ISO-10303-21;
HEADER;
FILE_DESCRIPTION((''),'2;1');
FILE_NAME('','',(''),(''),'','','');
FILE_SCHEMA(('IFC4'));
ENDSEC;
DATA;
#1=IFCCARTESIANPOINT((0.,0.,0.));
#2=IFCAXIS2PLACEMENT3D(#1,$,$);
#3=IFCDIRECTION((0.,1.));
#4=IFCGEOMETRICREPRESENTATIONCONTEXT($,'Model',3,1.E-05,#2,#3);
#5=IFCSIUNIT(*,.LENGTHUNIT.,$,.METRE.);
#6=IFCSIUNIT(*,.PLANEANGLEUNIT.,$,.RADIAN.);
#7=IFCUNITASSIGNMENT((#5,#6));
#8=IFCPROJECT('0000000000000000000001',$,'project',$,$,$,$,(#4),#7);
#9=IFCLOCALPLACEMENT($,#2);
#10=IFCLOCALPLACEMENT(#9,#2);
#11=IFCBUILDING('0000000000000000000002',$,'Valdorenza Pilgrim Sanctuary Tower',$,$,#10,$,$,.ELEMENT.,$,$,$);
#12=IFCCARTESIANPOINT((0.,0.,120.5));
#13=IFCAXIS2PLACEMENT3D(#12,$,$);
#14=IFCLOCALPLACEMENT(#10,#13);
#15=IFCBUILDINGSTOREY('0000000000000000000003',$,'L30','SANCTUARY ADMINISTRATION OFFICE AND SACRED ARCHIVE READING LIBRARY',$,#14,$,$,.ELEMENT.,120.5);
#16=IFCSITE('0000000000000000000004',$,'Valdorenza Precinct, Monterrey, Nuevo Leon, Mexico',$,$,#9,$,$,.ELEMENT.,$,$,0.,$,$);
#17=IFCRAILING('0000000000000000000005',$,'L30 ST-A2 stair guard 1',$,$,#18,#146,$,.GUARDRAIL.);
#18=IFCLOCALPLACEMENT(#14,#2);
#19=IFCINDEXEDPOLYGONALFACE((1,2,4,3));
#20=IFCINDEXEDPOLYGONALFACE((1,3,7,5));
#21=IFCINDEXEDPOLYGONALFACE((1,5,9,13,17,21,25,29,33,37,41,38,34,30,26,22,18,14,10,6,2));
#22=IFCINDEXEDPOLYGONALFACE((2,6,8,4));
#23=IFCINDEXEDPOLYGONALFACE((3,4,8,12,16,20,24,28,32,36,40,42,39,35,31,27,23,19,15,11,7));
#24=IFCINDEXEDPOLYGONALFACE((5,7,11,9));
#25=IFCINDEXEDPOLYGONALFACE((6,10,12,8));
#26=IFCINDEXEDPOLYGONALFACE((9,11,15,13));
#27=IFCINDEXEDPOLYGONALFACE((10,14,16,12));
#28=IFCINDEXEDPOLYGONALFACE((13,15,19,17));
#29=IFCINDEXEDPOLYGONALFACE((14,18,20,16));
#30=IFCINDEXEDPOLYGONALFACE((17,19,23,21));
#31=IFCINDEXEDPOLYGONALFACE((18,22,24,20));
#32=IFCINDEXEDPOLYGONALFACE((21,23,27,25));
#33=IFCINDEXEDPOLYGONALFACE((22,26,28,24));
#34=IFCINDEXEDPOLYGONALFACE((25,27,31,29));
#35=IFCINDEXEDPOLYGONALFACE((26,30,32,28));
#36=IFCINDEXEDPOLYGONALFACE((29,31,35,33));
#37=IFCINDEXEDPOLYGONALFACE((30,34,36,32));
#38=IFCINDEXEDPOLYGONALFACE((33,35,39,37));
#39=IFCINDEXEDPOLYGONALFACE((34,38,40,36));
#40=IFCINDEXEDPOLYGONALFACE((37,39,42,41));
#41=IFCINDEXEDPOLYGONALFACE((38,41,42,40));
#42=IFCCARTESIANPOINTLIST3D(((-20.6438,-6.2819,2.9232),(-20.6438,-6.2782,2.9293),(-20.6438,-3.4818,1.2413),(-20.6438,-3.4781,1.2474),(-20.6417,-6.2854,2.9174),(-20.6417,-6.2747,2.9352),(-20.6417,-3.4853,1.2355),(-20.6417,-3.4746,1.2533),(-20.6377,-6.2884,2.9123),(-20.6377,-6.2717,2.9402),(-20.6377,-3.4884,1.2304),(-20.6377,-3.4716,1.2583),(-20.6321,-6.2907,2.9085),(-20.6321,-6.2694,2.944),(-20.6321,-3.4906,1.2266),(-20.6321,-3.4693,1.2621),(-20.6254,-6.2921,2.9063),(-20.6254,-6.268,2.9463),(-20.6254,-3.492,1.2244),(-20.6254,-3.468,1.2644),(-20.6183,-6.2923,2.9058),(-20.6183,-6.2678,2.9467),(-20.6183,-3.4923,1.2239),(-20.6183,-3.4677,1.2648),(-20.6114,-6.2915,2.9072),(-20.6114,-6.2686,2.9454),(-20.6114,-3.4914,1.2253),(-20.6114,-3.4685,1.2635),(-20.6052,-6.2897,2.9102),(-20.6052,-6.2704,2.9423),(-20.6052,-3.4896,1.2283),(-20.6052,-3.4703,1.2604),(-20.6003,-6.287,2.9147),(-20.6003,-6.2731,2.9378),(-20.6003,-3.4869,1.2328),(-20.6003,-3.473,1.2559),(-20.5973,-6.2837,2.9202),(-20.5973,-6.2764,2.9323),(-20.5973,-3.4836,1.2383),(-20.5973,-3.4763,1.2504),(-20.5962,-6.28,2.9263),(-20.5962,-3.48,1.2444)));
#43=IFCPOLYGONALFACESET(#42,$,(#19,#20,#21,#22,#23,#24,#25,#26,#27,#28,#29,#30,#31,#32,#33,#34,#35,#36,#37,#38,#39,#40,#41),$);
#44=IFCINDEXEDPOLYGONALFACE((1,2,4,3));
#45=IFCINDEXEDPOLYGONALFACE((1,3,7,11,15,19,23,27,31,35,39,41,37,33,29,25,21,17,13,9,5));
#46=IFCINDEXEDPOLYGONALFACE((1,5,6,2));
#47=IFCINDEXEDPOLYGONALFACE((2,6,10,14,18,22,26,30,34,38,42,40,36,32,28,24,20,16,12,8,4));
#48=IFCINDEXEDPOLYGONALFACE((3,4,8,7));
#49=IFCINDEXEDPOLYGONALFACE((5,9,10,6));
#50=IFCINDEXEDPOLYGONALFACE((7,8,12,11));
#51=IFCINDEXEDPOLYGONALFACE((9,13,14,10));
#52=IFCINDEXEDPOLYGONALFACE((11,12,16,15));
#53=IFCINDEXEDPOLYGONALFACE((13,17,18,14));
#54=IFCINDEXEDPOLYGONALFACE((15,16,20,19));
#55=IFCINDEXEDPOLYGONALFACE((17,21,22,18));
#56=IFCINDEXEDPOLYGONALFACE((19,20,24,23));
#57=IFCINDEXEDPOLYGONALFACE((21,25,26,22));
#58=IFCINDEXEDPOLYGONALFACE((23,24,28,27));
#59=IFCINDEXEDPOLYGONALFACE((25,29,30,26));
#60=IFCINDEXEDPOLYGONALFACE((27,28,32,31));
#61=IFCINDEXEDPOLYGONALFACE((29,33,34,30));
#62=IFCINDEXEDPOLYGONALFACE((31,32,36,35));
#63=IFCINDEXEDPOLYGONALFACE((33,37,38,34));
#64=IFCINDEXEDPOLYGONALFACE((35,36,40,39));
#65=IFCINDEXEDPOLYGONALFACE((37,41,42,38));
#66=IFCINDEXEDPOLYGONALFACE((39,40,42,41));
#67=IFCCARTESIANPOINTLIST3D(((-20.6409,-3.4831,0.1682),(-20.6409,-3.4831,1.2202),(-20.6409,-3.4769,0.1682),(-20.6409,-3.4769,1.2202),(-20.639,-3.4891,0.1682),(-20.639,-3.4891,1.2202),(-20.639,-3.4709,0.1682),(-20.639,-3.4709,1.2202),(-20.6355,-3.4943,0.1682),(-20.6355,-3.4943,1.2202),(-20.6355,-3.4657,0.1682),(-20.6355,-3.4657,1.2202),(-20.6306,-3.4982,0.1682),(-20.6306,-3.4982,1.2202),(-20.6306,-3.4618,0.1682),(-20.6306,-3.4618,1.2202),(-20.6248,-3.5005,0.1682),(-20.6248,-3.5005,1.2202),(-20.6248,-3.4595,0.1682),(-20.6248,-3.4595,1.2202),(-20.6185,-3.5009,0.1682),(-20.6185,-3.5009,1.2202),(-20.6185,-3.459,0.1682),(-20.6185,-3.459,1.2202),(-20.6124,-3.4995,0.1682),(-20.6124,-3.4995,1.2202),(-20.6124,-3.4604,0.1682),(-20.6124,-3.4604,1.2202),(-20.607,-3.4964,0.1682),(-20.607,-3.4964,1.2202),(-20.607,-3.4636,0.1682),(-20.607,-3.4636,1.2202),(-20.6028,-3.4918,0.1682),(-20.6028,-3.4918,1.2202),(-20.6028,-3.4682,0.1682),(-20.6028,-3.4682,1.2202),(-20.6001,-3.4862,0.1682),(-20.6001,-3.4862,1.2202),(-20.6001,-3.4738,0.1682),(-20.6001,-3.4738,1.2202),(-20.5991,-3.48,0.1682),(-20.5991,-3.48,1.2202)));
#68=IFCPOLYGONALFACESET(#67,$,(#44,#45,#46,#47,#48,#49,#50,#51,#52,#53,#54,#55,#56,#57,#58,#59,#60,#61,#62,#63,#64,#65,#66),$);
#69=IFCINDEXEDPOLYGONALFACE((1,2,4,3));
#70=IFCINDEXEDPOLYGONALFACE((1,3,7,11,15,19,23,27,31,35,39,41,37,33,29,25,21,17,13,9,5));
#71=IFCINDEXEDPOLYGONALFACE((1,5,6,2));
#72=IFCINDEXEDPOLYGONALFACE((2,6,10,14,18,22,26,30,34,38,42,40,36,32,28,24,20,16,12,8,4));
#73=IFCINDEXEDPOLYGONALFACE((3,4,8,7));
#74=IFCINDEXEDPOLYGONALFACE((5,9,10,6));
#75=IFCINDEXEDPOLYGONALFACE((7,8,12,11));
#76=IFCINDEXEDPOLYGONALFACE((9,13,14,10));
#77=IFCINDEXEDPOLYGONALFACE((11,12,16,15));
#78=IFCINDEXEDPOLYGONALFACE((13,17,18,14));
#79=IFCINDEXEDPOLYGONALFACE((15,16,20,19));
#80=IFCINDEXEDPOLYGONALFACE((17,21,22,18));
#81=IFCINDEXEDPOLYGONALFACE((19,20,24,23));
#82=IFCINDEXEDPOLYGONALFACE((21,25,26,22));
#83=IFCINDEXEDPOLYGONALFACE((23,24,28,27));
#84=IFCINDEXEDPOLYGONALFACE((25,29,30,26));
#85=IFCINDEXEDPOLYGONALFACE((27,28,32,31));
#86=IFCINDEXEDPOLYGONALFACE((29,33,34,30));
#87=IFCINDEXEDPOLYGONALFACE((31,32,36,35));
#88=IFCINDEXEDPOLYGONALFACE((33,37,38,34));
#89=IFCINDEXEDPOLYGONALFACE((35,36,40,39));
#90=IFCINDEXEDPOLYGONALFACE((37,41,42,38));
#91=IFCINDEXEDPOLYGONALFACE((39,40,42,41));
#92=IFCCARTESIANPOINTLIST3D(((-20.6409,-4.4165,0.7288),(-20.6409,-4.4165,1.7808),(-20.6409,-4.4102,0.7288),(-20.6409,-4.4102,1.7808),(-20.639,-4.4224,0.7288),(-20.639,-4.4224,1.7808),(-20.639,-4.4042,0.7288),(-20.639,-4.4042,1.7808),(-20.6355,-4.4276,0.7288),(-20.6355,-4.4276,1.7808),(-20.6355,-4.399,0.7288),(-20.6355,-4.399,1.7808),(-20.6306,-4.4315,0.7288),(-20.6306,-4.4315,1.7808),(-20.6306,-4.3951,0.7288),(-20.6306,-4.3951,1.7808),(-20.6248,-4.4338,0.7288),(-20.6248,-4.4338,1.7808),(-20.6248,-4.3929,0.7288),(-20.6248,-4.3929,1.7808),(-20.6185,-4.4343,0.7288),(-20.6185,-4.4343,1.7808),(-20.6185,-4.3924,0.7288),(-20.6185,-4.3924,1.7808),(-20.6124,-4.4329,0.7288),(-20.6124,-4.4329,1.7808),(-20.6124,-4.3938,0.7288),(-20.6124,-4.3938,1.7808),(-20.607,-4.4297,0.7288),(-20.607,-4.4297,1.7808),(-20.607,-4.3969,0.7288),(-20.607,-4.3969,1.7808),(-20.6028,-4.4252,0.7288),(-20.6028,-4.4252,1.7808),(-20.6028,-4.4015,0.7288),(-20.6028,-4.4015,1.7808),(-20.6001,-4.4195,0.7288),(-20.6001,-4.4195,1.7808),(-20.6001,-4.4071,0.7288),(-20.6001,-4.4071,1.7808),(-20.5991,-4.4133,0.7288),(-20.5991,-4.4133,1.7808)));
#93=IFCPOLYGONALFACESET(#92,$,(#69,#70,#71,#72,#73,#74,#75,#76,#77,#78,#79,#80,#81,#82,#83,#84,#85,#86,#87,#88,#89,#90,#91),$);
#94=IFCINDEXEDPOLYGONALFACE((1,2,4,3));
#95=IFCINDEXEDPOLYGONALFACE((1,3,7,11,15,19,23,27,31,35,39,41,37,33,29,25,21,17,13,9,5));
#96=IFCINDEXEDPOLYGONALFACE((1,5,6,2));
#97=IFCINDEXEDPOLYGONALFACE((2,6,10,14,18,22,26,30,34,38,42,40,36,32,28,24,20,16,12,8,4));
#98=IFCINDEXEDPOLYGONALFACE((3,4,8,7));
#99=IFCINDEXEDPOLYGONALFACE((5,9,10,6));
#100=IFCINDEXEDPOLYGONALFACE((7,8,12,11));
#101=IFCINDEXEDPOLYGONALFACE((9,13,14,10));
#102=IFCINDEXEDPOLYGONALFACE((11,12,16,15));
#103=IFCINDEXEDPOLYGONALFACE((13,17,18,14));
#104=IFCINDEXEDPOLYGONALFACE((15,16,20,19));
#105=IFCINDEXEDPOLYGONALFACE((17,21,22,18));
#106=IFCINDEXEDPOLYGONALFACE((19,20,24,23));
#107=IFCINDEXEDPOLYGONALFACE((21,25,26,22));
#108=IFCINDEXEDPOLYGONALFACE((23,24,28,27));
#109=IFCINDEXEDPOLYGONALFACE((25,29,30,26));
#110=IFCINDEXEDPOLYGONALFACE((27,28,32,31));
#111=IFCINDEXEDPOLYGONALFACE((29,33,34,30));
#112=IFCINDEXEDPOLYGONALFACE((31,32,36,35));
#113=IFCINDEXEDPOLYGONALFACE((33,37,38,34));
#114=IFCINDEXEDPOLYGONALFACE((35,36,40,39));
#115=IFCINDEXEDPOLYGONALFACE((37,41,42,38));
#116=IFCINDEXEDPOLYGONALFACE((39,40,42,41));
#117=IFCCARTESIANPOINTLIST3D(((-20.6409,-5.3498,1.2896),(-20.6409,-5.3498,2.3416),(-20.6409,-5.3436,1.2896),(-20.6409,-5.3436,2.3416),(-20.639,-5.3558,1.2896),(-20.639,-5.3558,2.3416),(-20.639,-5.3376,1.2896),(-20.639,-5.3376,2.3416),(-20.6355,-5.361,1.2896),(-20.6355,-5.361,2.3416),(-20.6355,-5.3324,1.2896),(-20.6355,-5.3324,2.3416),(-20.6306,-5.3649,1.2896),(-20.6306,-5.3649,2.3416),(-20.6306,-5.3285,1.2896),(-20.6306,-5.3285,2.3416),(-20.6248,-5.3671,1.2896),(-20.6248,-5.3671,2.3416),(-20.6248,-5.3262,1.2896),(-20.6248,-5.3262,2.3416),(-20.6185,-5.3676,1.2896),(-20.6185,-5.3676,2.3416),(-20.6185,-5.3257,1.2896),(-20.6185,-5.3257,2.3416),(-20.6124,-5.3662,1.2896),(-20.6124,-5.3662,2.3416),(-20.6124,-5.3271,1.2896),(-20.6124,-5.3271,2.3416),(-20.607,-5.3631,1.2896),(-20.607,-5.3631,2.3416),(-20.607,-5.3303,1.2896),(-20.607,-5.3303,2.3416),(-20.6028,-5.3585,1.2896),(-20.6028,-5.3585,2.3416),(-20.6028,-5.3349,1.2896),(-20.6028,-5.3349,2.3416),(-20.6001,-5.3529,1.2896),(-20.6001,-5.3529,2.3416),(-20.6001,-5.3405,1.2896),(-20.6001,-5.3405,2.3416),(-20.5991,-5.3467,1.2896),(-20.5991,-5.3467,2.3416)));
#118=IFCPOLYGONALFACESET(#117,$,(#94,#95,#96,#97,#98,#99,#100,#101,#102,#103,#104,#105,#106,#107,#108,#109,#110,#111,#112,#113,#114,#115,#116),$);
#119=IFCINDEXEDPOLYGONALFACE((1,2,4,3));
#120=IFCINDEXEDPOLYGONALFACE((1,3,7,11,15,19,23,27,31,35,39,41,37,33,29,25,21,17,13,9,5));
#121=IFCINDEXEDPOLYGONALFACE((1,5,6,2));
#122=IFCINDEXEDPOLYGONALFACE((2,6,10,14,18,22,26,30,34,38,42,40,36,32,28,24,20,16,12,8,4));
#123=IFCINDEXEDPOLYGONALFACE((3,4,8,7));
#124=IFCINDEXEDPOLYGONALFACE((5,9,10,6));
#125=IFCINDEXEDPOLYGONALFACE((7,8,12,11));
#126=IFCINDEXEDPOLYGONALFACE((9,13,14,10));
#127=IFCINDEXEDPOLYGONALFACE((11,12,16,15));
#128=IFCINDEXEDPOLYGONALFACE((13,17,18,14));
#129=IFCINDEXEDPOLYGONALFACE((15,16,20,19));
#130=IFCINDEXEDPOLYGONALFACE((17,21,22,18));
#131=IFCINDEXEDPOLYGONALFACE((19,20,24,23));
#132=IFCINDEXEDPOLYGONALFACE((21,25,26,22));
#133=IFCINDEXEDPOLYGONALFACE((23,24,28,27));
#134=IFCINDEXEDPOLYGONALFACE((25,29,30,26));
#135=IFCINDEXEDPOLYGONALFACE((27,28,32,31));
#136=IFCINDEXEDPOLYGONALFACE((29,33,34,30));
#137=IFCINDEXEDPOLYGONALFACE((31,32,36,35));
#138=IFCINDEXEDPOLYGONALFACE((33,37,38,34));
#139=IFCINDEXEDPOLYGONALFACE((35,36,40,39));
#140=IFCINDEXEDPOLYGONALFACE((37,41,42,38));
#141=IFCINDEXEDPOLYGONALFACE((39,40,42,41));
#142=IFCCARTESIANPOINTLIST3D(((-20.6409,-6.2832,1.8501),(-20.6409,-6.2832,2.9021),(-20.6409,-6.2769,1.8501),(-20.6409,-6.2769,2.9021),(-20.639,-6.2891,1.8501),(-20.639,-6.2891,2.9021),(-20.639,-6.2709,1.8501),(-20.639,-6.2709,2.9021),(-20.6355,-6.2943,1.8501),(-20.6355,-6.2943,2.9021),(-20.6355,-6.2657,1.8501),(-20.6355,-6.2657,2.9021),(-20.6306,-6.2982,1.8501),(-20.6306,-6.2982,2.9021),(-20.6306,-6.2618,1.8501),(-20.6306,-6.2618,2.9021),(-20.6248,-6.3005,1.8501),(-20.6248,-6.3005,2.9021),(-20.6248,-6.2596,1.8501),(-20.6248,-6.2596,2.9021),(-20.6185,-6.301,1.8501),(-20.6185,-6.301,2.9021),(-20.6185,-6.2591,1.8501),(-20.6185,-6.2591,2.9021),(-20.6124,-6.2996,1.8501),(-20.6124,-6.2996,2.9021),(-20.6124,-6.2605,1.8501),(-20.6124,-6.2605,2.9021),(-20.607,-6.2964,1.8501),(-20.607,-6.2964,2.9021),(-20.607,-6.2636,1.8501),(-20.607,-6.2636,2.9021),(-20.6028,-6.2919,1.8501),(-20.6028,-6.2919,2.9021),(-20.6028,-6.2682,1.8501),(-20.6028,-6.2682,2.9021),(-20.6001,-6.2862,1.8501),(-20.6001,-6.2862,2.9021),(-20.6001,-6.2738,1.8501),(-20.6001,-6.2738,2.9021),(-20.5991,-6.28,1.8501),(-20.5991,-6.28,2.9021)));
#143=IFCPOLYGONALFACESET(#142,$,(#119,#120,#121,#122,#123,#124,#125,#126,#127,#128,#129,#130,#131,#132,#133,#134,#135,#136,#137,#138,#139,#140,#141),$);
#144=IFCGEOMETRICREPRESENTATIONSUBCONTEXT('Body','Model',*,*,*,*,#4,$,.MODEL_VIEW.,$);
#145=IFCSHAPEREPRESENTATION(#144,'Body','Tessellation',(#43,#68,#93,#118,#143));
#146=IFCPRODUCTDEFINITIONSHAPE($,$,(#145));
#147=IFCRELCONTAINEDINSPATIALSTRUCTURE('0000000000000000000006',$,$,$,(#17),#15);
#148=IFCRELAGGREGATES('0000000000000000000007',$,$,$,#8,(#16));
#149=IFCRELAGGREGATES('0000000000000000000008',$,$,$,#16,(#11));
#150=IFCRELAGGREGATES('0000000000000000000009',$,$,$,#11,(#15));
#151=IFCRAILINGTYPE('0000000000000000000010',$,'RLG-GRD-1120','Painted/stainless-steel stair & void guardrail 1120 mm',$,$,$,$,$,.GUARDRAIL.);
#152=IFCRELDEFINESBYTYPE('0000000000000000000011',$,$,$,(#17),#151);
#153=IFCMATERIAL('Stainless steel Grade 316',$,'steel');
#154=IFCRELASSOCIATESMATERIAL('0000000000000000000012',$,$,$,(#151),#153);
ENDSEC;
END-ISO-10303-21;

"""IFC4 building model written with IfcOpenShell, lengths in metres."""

from ifc_helpers import new_model, si_unit, direction, frame, origin, origin_2d, place, context, subcontext, project, spatial, circle, extrude, material, type_object, element, save


model = new_model("IFC4")

# Units and contexts
model_context = context("Model", 3, precision=1e-05, world=origin(), true_north=direction((0.0, 1.0)))
body_context = subcontext(model_context, "Body", "Model", "MODEL_VIEW")
ifc_project = project(units=[si_unit("LENGTHUNIT", "METRE"), si_unit("PLANEANGLEUNIT", "RADIAN")], contexts=[model_context])

# Site, building, storey
site_placement = place(None, origin())
site = spatial("IfcSite", under=ifc_project, at=site_placement, Name="Valdorenza Precinct, Monterrey, Nuevo Leon, Mexico", CompositionType="ELEMENT", RefElevation=0.0)
building_placement = place(site_placement, origin())
building = spatial("IfcBuilding", under=site, at=building_placement, Name="Valdorenza Pilgrim Sanctuary Tower", CompositionType="ELEMENT")
storey_placement = place(building_placement, frame((0.0, 0.0, 120.5)))
storey = spatial("IfcBuildingStorey", under=building, at=storey_placement, Name="L30", Description="SANCTUARY ADMINISTRATION OFFICE AND SACRED ARCHIVE READING LIBRARY", CompositionType="ELEMENT", Elevation=120.5)

# Railing
ifc_material_1 = material(Name="Stainless steel Grade 316", Category="steel")
railing_type_1 = type_object("IfcRailingType", Name="RLG-GRD-1120", Description="Painted/stainless-steel stair & void guardrail 1120 mm", PredefinedType="GUARDRAIL", material=ifc_material_1)
railing_1_placement = place(storey_placement, frame((-20.6201, -3.48, 0.1682)))
element("IfcRailing", 1, at=railing_1_placement, inside=storey, type_object=railing_type_1, Name="L30 ST-A2 stair guard 1", PredefinedType="GUARDRAIL", context=body_context, shape_type="SweptSolid", body=[
    extrude(circle(Radius=0.0239, at=origin_2d()), frame((0.0, 0.0, 1.0762), z_axis=(0.0, -0.857242, 0.514913), x_axis=(1.0, 0.0, 0.0)), (0.0, 0.0, 1.0), 3.2664),
    extrude(circle(Radius=0.021, at=origin_2d()), origin(), (0.0, 0.0, 1.0), 1.052),
    extrude(circle(Radius=0.021, at=origin_2d()), frame((0.0, -0.9333, 0.5605)), (0.0, 0.0, 1.0), 1.052),
    extrude(circle(Radius=0.021, at=origin_2d()), frame((0.0, -1.8667, 1.1213)), (0.0, 0.0, 1.0), 1.052),
    extrude(circle(Radius=0.021, at=origin_2d()), frame((0.0, -2.8, 1.6819)), (0.0, 0.0, 1.0), 1.052),
])

save(model, "model.ifc")
